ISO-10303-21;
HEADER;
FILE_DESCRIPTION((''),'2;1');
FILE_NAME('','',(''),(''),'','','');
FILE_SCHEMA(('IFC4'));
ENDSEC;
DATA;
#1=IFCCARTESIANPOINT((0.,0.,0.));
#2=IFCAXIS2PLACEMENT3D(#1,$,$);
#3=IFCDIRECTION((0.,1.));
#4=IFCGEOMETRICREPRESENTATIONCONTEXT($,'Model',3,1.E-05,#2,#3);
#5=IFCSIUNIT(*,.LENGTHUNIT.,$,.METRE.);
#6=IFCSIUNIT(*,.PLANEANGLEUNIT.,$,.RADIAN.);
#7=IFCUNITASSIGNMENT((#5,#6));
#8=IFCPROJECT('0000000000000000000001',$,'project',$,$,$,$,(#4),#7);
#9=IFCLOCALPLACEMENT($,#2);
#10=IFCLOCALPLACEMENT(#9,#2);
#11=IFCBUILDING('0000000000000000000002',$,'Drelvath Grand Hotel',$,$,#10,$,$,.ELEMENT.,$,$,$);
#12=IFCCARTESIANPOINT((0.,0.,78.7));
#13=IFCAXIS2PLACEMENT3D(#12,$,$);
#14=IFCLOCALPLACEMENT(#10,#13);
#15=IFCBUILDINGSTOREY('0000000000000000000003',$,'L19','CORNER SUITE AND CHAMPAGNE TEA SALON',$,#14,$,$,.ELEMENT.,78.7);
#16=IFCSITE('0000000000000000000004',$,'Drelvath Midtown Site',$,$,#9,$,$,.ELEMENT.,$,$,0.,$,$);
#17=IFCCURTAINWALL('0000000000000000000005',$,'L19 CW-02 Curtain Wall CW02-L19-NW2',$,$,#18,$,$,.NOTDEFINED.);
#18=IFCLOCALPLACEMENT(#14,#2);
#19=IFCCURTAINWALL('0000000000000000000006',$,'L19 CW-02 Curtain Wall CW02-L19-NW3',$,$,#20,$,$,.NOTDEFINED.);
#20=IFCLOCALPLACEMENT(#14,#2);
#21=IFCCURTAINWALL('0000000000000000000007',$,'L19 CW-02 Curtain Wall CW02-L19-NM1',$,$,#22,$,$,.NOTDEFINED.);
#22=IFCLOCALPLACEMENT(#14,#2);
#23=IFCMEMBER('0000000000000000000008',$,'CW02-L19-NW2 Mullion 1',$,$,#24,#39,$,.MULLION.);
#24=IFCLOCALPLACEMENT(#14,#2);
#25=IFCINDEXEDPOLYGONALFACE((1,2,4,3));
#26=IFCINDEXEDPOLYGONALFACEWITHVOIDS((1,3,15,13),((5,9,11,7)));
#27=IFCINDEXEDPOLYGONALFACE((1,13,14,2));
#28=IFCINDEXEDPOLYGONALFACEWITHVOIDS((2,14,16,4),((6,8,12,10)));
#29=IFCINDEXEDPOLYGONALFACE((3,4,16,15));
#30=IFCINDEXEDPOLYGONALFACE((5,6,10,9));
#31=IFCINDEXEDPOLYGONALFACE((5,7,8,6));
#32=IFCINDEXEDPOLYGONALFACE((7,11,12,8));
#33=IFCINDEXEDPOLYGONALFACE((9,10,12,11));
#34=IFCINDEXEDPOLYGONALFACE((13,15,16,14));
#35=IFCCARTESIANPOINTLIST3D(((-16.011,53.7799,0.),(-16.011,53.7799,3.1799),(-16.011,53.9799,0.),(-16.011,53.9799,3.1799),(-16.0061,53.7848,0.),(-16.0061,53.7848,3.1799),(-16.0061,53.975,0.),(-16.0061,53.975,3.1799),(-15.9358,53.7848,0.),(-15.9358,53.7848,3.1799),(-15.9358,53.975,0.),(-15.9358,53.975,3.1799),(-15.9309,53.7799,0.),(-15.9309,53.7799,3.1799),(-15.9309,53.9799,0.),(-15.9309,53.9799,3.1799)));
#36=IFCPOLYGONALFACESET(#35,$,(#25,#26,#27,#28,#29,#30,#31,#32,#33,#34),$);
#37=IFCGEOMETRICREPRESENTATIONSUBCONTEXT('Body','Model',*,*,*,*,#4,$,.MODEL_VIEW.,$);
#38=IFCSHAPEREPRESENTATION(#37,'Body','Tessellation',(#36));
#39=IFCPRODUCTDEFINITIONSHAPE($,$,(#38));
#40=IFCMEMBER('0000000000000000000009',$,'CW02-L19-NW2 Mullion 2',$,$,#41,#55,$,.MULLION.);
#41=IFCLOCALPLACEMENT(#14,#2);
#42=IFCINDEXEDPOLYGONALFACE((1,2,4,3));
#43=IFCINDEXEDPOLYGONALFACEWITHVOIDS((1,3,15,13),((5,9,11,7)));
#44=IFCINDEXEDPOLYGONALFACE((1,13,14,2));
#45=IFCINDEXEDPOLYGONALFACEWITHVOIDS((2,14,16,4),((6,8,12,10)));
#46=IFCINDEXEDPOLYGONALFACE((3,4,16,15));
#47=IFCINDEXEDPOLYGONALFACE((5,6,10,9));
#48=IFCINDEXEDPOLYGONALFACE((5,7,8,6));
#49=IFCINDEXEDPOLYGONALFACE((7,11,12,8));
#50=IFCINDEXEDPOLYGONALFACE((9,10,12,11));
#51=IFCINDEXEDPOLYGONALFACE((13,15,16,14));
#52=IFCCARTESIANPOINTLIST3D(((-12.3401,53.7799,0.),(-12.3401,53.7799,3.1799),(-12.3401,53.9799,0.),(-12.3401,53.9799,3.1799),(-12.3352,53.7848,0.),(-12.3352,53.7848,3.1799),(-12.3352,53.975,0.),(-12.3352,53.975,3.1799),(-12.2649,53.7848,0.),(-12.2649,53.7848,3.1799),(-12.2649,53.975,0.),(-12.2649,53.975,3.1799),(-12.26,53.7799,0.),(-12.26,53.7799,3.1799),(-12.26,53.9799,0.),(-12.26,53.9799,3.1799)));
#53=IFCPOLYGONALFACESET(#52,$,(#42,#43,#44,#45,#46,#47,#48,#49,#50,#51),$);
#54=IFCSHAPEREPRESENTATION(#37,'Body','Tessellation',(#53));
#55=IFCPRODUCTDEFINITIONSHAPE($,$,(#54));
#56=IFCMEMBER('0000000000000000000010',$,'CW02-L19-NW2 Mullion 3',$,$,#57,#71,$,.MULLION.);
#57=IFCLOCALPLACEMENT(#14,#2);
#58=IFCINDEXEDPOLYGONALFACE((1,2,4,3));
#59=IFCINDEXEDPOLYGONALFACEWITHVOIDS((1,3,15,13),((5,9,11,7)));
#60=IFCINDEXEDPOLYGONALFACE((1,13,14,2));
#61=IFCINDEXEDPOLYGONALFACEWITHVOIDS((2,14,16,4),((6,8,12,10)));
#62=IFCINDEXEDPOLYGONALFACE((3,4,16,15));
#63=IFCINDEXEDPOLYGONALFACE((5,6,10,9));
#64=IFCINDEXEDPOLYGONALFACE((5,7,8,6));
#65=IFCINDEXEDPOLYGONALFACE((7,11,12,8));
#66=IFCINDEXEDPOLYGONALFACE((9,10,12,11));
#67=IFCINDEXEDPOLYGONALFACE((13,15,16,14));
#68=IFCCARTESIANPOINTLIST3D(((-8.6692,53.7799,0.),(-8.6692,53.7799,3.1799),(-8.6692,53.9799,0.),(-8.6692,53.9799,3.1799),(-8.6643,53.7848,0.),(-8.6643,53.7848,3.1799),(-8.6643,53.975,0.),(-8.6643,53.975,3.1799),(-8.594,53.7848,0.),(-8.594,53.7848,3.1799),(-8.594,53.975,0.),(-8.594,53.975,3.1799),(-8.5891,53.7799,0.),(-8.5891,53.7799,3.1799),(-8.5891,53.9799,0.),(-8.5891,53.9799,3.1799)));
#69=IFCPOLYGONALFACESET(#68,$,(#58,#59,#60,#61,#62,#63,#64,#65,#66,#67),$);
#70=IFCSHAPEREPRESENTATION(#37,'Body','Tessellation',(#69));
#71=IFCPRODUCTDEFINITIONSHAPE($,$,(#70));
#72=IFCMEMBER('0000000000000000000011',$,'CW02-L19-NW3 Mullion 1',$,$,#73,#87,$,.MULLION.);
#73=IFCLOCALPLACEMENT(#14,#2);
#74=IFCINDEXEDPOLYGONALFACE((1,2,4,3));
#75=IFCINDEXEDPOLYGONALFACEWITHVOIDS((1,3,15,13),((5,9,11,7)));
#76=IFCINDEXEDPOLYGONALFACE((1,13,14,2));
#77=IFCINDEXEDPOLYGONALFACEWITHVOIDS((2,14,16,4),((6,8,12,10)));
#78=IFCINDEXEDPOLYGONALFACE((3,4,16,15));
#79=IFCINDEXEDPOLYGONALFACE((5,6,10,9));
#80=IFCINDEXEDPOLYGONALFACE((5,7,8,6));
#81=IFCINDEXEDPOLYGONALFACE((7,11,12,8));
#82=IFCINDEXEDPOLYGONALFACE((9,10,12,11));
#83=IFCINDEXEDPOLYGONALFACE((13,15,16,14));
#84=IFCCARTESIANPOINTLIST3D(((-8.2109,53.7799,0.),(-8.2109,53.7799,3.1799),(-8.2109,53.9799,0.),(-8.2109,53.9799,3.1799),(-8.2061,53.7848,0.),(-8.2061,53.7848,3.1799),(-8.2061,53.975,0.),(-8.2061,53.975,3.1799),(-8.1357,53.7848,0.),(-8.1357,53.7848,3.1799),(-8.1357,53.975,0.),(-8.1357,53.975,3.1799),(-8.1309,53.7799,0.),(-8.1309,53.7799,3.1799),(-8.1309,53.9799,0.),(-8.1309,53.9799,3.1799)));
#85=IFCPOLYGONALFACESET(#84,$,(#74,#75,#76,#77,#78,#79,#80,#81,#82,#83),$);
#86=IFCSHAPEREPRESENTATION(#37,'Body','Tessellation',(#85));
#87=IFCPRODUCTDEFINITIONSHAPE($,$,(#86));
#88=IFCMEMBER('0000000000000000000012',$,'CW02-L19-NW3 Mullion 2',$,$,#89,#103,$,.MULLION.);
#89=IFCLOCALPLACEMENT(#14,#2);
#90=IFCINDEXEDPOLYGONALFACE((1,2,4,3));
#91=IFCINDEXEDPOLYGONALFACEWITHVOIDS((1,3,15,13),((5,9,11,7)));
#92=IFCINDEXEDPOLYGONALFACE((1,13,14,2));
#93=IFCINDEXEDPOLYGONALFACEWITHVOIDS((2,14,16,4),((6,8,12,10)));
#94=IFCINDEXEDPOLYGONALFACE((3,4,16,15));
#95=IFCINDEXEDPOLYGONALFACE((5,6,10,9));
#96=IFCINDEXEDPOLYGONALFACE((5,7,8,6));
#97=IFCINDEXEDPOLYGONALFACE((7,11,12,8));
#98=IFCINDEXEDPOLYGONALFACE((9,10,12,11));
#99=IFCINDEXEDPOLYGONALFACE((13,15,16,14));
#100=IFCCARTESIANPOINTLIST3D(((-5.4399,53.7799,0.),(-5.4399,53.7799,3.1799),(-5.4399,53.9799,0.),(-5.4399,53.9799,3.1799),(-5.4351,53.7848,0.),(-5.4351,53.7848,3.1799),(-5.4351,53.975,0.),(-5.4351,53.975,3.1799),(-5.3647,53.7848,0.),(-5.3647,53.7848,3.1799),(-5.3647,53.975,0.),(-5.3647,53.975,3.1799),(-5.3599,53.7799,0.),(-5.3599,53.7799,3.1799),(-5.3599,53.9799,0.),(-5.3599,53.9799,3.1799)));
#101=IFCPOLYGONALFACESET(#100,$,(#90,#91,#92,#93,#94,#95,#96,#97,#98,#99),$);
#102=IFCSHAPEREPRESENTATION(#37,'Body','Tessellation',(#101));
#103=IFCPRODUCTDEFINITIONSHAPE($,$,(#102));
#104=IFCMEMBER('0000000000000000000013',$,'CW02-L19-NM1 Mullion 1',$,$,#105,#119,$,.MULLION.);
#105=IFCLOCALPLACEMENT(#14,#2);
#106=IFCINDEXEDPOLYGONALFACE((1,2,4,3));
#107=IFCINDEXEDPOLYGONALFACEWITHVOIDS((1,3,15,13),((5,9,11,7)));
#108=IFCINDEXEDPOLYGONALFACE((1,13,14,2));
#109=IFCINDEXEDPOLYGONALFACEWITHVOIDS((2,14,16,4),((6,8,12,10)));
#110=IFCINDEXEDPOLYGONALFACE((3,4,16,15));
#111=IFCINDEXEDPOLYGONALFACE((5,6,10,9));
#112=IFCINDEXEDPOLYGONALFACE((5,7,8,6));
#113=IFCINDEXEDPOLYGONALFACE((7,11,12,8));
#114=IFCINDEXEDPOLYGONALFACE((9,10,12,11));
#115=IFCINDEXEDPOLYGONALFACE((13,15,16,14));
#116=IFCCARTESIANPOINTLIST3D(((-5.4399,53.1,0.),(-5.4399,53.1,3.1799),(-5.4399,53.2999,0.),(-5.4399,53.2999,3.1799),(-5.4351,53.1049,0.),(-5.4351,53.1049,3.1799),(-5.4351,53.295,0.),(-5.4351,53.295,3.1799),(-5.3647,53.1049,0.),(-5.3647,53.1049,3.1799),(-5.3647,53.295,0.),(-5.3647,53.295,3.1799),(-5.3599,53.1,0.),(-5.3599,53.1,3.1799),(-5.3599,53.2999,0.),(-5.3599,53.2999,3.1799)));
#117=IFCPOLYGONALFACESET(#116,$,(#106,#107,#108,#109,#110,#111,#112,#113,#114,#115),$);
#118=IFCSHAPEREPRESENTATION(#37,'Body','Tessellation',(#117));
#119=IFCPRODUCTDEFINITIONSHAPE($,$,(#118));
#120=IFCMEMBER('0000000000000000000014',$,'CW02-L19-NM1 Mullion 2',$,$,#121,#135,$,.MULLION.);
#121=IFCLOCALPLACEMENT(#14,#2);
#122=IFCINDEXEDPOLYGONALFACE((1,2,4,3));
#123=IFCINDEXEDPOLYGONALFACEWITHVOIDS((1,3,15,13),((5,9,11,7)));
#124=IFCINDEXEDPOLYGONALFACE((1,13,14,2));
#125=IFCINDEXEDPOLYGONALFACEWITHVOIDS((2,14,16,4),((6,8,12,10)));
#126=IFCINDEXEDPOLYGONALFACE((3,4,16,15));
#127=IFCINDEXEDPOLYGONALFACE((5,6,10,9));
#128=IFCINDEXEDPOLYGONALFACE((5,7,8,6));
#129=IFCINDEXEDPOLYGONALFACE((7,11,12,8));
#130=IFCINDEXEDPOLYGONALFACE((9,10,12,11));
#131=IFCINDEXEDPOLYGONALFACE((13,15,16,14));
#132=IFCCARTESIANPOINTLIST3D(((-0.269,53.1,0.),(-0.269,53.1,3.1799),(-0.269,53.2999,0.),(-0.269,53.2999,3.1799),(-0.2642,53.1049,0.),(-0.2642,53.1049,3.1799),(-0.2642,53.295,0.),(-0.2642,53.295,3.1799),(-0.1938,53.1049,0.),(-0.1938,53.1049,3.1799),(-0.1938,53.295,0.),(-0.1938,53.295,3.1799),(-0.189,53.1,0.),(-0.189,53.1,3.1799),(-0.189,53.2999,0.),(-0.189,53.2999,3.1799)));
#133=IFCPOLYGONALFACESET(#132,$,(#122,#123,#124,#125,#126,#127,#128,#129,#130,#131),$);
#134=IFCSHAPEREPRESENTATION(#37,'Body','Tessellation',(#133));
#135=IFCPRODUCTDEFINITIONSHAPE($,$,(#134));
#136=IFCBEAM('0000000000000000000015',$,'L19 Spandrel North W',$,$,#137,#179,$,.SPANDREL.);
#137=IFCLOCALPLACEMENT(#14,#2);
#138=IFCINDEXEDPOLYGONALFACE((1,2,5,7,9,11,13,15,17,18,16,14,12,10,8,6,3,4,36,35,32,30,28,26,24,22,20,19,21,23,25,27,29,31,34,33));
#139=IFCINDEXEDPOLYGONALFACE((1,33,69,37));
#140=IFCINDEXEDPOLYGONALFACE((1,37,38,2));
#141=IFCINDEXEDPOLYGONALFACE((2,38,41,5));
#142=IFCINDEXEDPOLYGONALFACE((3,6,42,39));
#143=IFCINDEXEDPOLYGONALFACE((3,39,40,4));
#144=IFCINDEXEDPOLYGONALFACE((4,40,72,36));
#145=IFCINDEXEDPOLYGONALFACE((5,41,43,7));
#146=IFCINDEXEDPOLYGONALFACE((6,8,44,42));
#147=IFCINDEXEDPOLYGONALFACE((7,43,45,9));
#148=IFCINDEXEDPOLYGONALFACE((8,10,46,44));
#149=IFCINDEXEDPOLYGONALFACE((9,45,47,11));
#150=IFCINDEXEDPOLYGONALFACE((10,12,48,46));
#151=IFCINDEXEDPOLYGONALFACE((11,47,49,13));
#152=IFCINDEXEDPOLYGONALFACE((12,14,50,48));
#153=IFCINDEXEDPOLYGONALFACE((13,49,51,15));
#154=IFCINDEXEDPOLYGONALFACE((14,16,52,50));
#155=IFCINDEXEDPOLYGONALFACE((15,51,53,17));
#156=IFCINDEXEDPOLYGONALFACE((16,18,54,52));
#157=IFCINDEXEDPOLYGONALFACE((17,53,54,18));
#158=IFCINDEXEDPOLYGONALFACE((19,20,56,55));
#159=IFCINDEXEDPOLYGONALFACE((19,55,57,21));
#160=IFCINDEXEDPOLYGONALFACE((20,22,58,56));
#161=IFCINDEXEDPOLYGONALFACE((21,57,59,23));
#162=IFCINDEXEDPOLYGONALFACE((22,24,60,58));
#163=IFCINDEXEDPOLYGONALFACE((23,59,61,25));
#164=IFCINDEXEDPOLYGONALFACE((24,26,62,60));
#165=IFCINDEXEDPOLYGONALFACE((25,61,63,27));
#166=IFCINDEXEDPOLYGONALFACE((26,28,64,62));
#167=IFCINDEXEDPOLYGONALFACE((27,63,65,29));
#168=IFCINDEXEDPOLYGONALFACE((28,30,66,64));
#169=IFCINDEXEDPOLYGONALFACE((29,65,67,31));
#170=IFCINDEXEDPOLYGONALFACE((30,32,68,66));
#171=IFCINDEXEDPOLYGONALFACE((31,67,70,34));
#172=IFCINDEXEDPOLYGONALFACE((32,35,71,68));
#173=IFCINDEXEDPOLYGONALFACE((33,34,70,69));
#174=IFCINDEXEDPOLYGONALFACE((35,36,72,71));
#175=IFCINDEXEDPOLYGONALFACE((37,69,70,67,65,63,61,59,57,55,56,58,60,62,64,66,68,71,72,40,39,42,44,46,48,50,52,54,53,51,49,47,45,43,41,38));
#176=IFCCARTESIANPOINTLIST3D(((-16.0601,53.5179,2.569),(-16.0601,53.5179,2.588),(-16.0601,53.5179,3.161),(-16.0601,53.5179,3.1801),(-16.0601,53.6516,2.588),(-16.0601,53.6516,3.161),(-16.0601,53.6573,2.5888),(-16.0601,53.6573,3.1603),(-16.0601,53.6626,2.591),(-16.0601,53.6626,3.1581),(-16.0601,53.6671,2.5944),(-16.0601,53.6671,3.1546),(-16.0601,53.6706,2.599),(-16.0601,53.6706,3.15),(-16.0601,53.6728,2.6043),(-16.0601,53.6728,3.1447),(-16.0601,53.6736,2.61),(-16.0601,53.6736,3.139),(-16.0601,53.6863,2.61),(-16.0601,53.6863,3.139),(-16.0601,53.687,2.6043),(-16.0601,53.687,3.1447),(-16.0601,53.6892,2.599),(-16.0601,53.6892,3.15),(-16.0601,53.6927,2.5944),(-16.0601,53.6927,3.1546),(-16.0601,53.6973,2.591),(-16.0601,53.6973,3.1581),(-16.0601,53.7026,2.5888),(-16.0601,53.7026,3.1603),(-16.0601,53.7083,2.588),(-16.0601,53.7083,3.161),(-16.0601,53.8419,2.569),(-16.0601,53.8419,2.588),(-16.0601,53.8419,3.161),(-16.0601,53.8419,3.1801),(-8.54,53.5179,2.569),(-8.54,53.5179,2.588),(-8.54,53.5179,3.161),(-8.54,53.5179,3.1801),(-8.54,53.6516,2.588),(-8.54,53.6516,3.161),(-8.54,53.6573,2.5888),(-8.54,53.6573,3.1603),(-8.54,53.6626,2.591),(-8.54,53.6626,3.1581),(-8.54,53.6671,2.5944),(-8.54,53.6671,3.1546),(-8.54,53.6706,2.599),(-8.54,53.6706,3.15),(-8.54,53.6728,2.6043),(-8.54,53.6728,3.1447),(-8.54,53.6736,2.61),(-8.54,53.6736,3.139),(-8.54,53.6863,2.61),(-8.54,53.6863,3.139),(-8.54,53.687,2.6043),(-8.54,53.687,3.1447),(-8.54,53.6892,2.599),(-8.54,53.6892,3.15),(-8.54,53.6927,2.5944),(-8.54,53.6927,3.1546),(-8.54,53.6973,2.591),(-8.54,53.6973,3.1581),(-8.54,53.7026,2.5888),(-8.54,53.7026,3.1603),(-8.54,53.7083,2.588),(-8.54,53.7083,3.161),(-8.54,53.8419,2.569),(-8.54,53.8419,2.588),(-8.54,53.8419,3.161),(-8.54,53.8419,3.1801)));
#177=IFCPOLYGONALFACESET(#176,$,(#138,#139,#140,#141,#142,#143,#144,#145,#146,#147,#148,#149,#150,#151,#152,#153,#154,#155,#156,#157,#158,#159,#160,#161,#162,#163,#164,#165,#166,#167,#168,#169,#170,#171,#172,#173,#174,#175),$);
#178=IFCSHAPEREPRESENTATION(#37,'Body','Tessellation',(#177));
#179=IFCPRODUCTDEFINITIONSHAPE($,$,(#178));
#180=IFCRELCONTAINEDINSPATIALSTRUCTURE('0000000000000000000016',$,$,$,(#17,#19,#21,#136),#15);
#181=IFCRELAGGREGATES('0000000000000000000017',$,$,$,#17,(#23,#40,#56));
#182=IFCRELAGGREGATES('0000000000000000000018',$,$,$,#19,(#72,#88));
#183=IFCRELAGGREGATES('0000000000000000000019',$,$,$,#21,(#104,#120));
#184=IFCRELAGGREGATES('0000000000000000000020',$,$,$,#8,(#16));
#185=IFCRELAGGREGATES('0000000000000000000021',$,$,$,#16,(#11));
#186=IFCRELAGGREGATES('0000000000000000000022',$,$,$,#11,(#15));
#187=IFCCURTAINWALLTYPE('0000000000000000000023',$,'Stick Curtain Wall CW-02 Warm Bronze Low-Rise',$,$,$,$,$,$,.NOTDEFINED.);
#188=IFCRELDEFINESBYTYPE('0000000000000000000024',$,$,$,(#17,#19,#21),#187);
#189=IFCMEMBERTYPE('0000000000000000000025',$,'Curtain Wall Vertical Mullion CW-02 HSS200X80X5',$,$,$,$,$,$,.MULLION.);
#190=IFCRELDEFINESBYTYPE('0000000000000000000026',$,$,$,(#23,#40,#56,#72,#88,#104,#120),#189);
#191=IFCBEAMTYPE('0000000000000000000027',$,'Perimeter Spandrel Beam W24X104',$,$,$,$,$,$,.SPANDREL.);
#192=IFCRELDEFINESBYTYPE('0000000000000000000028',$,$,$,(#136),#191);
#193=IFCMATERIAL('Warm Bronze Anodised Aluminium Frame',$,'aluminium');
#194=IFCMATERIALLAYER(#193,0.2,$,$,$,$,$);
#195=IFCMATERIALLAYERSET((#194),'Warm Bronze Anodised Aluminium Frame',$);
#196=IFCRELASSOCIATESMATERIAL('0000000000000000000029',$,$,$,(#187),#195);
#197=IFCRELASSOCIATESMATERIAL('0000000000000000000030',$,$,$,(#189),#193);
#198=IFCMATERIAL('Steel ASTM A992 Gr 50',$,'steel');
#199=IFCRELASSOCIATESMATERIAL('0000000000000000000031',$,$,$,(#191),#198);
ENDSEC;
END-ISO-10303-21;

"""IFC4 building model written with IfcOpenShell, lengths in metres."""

from ifc_helpers import new_model, si_unit, direction, frame, origin, origin_2d, place, context, subcontext, project, spatial, hollow_rectangle, i_section, extrude, material, layer, layer_set, material_profile, profile_set, type_object, element, aggregate, save


model = new_model("IFC4")

# Units and contexts
model_context = context("Model", 3, precision=1e-05, world=origin(), true_north=direction((0.0, 1.0)))
body_context = subcontext(model_context, "Body", "Model", "MODEL_VIEW")
ifc_project = project(units=[si_unit("LENGTHUNIT", "METRE"), si_unit("PLANEANGLEUNIT", "RADIAN")], contexts=[model_context])

# Site, building, storey
site_placement = place(None, origin())
site = spatial("IfcSite", under=ifc_project, at=site_placement, Name="Drelvath Midtown Site", CompositionType="ELEMENT", RefElevation=0.0)
building_placement = place(site_placement, origin())
building = spatial("IfcBuilding", under=site, at=building_placement, Name="Drelvath Grand Hotel", CompositionType="ELEMENT")
storey_placement = place(building_placement, frame((0.0, 0.0, 78.7)))
storey = spatial("IfcBuildingStorey", under=building, at=storey_placement, Name="L19", Description="CORNER SUITE AND CHAMPAGNE TEA SALON", CompositionType="ELEMENT", Elevation=78.7)

# Curtain walls
ifc_material_1 = material(Name="Warm Bronze Anodised Aluminium Frame", Category="aluminium")
ifc_layer_1 = layer(ifc_material_1, 0.2)
ifc_layer_set_1 = layer_set([ifc_layer_1], Name="Warm Bronze Anodised Aluminium Frame")
curtain_wall_type = type_object("IfcCurtainWallType", Name="Stick Curtain Wall CW-02 Warm Bronze Low-Rise", PredefinedType="NOTDEFINED", material=ifc_layer_set_1)
curtain_wall_1_placement = place(storey_placement, origin())
curtain_wall_1 = element("IfcCurtainWall", 1, at=curtain_wall_1_placement, inside=storey, type_object=curtain_wall_type, Name="L19 CW-02 Curtain Wall CW02-L19-NW2", PredefinedType="NOTDEFINED")
curtain_wall_2_placement = place(storey_placement, origin())
curtain_wall_2 = element("IfcCurtainWall", 2, at=curtain_wall_2_placement, inside=storey, type_object=curtain_wall_type, Name="L19 CW-02 Curtain Wall CW02-L19-NW3", PredefinedType="NOTDEFINED")
curtain_wall_3_placement = place(storey_placement, origin())
curtain_wall_3 = element("IfcCurtainWall", 3, at=curtain_wall_3_placement, inside=storey, type_object=curtain_wall_type, Name="L19 CW-02 Curtain Wall CW02-L19-NM1", PredefinedType="NOTDEFINED")

# Members
ifc_material_profile_1 = material_profile(ifc_material_1, hollow_rectangle(XDim=0.0801, YDim=0.2, WallThickness=0.0049, at=origin_2d()), Name="HSS200X80X5")
ifc_profile_set_1 = profile_set([ifc_material_profile_1], Name="Warm Bronze Anodised Aluminium Frame")
member_type_1 = type_object("IfcMemberType", Name="Curtain Wall Vertical Mullion CW-02 HSS200X80X5", PredefinedType="MULLION", material=ifc_profile_set_1)
member_1_placement = place(storey_placement, frame((-15.9709, 53.8799, 0.0), z_axis=(0.0, 0.0, 1.0), x_axis=(1.0, 0.0, 0.0)))
member_1 = element("IfcMember", 4, at=member_1_placement, type_object=member_type_1, Name="CW02-L19-NW2 Mullion 1", PredefinedType="MULLION", context=body_context, shape_type="SweptSolid", body=[
    extrude(hollow_rectangle(XDim=0.0801, YDim=0.2, WallThickness=0.0049, at=origin_2d()), origin(), (0.0, 0.0, 1.0), 3.1799),
])
member_2_placement = place(storey_placement, frame((-12.3, 53.8799, 0.0), z_axis=(0.0, 0.0, 1.0), x_axis=(1.0, 0.0, 0.0)))
member_2 = element("IfcMember", 5, at=member_2_placement, type_object=member_type_1, Name="CW02-L19-NW2 Mullion 2", PredefinedType="MULLION", context=body_context, shape_type="SweptSolid", body=[
    extrude(hollow_rectangle(XDim=0.0801, YDim=0.2, WallThickness=0.0049, at=origin_2d()), origin(), (0.0, 0.0, 1.0), 3.1799),
])
member_3_placement = place(storey_placement, frame((-8.6292, 53.8799, 0.0), z_axis=(0.0, 0.0, 1.0), x_axis=(1.0, 0.0, 0.0)))
member_3 = element("IfcMember", 6, at=member_3_placement, type_object=member_type_1, Name="CW02-L19-NW2 Mullion 3", PredefinedType="MULLION", context=body_context, shape_type="SweptSolid", body=[
    extrude(hollow_rectangle(XDim=0.0801, YDim=0.2, WallThickness=0.0049, at=origin_2d()), origin(), (0.0, 0.0, 1.0), 3.1799),
])
member_4_placement = place(storey_placement, frame((-8.1709, 53.8799, 0.0), z_axis=(0.0, 0.0, 1.0), x_axis=(1.0, 0.0, 0.0)))
member_4 = element("IfcMember", 7, at=member_4_placement, type_object=member_type_1, Name="CW02-L19-NW3 Mullion 1", PredefinedType="MULLION", context=body_context, shape_type="SweptSolid", body=[
    extrude(hollow_rectangle(XDim=0.0801, YDim=0.2, WallThickness=0.0049, at=origin_2d()), origin(), (0.0, 0.0, 1.0), 3.1799),
])
member_5_placement = place(storey_placement, frame((-5.3999, 53.8799, 0.0), z_axis=(0.0, 0.0, 1.0), x_axis=(1.0, 0.0, 0.0)))
member_5 = element("IfcMember", 8, at=member_5_placement, type_object=member_type_1, Name="CW02-L19-NW3 Mullion 2", PredefinedType="MULLION", context=body_context, shape_type="SweptSolid", body=[
    extrude(hollow_rectangle(XDim=0.0801, YDim=0.2, WallThickness=0.0049, at=origin_2d()), origin(), (0.0, 0.0, 1.0), 3.1799),
])
member_6_placement = place(storey_placement, frame((-5.3999, 53.2, 0.0), z_axis=(0.0, 0.0, 1.0), x_axis=(1.0, 0.0, 0.0)))
member_6 = element("IfcMember", 9, at=member_6_placement, type_object=member_type_1, Name="CW02-L19-NM1 Mullion 1", PredefinedType="MULLION", context=body_context, shape_type="SweptSolid", body=[
    extrude(hollow_rectangle(XDim=0.0801, YDim=0.2, WallThickness=0.0049, at=origin_2d()), origin(), (0.0, 0.0, 1.0), 3.1799),
])
member_7_placement = place(storey_placement, frame((-0.229, 53.2, 0.0), z_axis=(0.0, 0.0, 1.0), x_axis=(1.0, 0.0, 0.0)))
member_7 = element("IfcMember", 10, at=member_7_placement, type_object=member_type_1, Name="CW02-L19-NM1 Mullion 2", PredefinedType="MULLION", context=body_context, shape_type="SweptSolid", body=[
    extrude(hollow_rectangle(XDim=0.0801, YDim=0.2, WallThickness=0.0049, at=origin_2d()), origin(), (0.0, 0.0, 1.0), 3.1799),
])

# Beam
ifc_material_2 = material(Name="Steel ASTM A992 Gr 50", Category="steel")
ifc_material_profile_2 = material_profile(ifc_material_2, i_section(OverallWidth=0.324, OverallDepth=0.6111, WebThickness=0.0127, FlangeThickness=0.019, FilletRadius=0.022, at=origin_2d()), Name="W24X104")
ifc_profile_set_2 = profile_set([ifc_material_profile_2], Name="Steel ASTM A992 Gr 50")
beam_type_1 = type_object("IfcBeamType", Name="Perimeter Spandrel Beam W24X104", PredefinedType="SPANDREL", material=ifc_profile_set_2)
beam_1_placement = place(storey_placement, frame((-16.0601, 53.6799, 2.8745), z_axis=(1.0, 0.0, 0.0), x_axis=(0.0, 1.0, 0.0)))
element("IfcBeam", 11, at=beam_1_placement, inside=storey, type_object=beam_type_1, Name="L19 Spandrel North W", PredefinedType="SPANDREL", context=body_context, shape_type="SweptSolid", body=[
    extrude(i_section(OverallWidth=0.324, OverallDepth=0.6111, WebThickness=0.0127, FlangeThickness=0.019, FilletRadius=0.022, at=origin_2d()), origin(), (0.0, 0.0, 1.0), 7.52),
])

aggregate(curtain_wall_1, [member_1, member_2, member_3])
aggregate(curtain_wall_2, [member_4, member_5])
aggregate(curtain_wall_3, [member_6, member_7])

save(model, "model.ifc")
